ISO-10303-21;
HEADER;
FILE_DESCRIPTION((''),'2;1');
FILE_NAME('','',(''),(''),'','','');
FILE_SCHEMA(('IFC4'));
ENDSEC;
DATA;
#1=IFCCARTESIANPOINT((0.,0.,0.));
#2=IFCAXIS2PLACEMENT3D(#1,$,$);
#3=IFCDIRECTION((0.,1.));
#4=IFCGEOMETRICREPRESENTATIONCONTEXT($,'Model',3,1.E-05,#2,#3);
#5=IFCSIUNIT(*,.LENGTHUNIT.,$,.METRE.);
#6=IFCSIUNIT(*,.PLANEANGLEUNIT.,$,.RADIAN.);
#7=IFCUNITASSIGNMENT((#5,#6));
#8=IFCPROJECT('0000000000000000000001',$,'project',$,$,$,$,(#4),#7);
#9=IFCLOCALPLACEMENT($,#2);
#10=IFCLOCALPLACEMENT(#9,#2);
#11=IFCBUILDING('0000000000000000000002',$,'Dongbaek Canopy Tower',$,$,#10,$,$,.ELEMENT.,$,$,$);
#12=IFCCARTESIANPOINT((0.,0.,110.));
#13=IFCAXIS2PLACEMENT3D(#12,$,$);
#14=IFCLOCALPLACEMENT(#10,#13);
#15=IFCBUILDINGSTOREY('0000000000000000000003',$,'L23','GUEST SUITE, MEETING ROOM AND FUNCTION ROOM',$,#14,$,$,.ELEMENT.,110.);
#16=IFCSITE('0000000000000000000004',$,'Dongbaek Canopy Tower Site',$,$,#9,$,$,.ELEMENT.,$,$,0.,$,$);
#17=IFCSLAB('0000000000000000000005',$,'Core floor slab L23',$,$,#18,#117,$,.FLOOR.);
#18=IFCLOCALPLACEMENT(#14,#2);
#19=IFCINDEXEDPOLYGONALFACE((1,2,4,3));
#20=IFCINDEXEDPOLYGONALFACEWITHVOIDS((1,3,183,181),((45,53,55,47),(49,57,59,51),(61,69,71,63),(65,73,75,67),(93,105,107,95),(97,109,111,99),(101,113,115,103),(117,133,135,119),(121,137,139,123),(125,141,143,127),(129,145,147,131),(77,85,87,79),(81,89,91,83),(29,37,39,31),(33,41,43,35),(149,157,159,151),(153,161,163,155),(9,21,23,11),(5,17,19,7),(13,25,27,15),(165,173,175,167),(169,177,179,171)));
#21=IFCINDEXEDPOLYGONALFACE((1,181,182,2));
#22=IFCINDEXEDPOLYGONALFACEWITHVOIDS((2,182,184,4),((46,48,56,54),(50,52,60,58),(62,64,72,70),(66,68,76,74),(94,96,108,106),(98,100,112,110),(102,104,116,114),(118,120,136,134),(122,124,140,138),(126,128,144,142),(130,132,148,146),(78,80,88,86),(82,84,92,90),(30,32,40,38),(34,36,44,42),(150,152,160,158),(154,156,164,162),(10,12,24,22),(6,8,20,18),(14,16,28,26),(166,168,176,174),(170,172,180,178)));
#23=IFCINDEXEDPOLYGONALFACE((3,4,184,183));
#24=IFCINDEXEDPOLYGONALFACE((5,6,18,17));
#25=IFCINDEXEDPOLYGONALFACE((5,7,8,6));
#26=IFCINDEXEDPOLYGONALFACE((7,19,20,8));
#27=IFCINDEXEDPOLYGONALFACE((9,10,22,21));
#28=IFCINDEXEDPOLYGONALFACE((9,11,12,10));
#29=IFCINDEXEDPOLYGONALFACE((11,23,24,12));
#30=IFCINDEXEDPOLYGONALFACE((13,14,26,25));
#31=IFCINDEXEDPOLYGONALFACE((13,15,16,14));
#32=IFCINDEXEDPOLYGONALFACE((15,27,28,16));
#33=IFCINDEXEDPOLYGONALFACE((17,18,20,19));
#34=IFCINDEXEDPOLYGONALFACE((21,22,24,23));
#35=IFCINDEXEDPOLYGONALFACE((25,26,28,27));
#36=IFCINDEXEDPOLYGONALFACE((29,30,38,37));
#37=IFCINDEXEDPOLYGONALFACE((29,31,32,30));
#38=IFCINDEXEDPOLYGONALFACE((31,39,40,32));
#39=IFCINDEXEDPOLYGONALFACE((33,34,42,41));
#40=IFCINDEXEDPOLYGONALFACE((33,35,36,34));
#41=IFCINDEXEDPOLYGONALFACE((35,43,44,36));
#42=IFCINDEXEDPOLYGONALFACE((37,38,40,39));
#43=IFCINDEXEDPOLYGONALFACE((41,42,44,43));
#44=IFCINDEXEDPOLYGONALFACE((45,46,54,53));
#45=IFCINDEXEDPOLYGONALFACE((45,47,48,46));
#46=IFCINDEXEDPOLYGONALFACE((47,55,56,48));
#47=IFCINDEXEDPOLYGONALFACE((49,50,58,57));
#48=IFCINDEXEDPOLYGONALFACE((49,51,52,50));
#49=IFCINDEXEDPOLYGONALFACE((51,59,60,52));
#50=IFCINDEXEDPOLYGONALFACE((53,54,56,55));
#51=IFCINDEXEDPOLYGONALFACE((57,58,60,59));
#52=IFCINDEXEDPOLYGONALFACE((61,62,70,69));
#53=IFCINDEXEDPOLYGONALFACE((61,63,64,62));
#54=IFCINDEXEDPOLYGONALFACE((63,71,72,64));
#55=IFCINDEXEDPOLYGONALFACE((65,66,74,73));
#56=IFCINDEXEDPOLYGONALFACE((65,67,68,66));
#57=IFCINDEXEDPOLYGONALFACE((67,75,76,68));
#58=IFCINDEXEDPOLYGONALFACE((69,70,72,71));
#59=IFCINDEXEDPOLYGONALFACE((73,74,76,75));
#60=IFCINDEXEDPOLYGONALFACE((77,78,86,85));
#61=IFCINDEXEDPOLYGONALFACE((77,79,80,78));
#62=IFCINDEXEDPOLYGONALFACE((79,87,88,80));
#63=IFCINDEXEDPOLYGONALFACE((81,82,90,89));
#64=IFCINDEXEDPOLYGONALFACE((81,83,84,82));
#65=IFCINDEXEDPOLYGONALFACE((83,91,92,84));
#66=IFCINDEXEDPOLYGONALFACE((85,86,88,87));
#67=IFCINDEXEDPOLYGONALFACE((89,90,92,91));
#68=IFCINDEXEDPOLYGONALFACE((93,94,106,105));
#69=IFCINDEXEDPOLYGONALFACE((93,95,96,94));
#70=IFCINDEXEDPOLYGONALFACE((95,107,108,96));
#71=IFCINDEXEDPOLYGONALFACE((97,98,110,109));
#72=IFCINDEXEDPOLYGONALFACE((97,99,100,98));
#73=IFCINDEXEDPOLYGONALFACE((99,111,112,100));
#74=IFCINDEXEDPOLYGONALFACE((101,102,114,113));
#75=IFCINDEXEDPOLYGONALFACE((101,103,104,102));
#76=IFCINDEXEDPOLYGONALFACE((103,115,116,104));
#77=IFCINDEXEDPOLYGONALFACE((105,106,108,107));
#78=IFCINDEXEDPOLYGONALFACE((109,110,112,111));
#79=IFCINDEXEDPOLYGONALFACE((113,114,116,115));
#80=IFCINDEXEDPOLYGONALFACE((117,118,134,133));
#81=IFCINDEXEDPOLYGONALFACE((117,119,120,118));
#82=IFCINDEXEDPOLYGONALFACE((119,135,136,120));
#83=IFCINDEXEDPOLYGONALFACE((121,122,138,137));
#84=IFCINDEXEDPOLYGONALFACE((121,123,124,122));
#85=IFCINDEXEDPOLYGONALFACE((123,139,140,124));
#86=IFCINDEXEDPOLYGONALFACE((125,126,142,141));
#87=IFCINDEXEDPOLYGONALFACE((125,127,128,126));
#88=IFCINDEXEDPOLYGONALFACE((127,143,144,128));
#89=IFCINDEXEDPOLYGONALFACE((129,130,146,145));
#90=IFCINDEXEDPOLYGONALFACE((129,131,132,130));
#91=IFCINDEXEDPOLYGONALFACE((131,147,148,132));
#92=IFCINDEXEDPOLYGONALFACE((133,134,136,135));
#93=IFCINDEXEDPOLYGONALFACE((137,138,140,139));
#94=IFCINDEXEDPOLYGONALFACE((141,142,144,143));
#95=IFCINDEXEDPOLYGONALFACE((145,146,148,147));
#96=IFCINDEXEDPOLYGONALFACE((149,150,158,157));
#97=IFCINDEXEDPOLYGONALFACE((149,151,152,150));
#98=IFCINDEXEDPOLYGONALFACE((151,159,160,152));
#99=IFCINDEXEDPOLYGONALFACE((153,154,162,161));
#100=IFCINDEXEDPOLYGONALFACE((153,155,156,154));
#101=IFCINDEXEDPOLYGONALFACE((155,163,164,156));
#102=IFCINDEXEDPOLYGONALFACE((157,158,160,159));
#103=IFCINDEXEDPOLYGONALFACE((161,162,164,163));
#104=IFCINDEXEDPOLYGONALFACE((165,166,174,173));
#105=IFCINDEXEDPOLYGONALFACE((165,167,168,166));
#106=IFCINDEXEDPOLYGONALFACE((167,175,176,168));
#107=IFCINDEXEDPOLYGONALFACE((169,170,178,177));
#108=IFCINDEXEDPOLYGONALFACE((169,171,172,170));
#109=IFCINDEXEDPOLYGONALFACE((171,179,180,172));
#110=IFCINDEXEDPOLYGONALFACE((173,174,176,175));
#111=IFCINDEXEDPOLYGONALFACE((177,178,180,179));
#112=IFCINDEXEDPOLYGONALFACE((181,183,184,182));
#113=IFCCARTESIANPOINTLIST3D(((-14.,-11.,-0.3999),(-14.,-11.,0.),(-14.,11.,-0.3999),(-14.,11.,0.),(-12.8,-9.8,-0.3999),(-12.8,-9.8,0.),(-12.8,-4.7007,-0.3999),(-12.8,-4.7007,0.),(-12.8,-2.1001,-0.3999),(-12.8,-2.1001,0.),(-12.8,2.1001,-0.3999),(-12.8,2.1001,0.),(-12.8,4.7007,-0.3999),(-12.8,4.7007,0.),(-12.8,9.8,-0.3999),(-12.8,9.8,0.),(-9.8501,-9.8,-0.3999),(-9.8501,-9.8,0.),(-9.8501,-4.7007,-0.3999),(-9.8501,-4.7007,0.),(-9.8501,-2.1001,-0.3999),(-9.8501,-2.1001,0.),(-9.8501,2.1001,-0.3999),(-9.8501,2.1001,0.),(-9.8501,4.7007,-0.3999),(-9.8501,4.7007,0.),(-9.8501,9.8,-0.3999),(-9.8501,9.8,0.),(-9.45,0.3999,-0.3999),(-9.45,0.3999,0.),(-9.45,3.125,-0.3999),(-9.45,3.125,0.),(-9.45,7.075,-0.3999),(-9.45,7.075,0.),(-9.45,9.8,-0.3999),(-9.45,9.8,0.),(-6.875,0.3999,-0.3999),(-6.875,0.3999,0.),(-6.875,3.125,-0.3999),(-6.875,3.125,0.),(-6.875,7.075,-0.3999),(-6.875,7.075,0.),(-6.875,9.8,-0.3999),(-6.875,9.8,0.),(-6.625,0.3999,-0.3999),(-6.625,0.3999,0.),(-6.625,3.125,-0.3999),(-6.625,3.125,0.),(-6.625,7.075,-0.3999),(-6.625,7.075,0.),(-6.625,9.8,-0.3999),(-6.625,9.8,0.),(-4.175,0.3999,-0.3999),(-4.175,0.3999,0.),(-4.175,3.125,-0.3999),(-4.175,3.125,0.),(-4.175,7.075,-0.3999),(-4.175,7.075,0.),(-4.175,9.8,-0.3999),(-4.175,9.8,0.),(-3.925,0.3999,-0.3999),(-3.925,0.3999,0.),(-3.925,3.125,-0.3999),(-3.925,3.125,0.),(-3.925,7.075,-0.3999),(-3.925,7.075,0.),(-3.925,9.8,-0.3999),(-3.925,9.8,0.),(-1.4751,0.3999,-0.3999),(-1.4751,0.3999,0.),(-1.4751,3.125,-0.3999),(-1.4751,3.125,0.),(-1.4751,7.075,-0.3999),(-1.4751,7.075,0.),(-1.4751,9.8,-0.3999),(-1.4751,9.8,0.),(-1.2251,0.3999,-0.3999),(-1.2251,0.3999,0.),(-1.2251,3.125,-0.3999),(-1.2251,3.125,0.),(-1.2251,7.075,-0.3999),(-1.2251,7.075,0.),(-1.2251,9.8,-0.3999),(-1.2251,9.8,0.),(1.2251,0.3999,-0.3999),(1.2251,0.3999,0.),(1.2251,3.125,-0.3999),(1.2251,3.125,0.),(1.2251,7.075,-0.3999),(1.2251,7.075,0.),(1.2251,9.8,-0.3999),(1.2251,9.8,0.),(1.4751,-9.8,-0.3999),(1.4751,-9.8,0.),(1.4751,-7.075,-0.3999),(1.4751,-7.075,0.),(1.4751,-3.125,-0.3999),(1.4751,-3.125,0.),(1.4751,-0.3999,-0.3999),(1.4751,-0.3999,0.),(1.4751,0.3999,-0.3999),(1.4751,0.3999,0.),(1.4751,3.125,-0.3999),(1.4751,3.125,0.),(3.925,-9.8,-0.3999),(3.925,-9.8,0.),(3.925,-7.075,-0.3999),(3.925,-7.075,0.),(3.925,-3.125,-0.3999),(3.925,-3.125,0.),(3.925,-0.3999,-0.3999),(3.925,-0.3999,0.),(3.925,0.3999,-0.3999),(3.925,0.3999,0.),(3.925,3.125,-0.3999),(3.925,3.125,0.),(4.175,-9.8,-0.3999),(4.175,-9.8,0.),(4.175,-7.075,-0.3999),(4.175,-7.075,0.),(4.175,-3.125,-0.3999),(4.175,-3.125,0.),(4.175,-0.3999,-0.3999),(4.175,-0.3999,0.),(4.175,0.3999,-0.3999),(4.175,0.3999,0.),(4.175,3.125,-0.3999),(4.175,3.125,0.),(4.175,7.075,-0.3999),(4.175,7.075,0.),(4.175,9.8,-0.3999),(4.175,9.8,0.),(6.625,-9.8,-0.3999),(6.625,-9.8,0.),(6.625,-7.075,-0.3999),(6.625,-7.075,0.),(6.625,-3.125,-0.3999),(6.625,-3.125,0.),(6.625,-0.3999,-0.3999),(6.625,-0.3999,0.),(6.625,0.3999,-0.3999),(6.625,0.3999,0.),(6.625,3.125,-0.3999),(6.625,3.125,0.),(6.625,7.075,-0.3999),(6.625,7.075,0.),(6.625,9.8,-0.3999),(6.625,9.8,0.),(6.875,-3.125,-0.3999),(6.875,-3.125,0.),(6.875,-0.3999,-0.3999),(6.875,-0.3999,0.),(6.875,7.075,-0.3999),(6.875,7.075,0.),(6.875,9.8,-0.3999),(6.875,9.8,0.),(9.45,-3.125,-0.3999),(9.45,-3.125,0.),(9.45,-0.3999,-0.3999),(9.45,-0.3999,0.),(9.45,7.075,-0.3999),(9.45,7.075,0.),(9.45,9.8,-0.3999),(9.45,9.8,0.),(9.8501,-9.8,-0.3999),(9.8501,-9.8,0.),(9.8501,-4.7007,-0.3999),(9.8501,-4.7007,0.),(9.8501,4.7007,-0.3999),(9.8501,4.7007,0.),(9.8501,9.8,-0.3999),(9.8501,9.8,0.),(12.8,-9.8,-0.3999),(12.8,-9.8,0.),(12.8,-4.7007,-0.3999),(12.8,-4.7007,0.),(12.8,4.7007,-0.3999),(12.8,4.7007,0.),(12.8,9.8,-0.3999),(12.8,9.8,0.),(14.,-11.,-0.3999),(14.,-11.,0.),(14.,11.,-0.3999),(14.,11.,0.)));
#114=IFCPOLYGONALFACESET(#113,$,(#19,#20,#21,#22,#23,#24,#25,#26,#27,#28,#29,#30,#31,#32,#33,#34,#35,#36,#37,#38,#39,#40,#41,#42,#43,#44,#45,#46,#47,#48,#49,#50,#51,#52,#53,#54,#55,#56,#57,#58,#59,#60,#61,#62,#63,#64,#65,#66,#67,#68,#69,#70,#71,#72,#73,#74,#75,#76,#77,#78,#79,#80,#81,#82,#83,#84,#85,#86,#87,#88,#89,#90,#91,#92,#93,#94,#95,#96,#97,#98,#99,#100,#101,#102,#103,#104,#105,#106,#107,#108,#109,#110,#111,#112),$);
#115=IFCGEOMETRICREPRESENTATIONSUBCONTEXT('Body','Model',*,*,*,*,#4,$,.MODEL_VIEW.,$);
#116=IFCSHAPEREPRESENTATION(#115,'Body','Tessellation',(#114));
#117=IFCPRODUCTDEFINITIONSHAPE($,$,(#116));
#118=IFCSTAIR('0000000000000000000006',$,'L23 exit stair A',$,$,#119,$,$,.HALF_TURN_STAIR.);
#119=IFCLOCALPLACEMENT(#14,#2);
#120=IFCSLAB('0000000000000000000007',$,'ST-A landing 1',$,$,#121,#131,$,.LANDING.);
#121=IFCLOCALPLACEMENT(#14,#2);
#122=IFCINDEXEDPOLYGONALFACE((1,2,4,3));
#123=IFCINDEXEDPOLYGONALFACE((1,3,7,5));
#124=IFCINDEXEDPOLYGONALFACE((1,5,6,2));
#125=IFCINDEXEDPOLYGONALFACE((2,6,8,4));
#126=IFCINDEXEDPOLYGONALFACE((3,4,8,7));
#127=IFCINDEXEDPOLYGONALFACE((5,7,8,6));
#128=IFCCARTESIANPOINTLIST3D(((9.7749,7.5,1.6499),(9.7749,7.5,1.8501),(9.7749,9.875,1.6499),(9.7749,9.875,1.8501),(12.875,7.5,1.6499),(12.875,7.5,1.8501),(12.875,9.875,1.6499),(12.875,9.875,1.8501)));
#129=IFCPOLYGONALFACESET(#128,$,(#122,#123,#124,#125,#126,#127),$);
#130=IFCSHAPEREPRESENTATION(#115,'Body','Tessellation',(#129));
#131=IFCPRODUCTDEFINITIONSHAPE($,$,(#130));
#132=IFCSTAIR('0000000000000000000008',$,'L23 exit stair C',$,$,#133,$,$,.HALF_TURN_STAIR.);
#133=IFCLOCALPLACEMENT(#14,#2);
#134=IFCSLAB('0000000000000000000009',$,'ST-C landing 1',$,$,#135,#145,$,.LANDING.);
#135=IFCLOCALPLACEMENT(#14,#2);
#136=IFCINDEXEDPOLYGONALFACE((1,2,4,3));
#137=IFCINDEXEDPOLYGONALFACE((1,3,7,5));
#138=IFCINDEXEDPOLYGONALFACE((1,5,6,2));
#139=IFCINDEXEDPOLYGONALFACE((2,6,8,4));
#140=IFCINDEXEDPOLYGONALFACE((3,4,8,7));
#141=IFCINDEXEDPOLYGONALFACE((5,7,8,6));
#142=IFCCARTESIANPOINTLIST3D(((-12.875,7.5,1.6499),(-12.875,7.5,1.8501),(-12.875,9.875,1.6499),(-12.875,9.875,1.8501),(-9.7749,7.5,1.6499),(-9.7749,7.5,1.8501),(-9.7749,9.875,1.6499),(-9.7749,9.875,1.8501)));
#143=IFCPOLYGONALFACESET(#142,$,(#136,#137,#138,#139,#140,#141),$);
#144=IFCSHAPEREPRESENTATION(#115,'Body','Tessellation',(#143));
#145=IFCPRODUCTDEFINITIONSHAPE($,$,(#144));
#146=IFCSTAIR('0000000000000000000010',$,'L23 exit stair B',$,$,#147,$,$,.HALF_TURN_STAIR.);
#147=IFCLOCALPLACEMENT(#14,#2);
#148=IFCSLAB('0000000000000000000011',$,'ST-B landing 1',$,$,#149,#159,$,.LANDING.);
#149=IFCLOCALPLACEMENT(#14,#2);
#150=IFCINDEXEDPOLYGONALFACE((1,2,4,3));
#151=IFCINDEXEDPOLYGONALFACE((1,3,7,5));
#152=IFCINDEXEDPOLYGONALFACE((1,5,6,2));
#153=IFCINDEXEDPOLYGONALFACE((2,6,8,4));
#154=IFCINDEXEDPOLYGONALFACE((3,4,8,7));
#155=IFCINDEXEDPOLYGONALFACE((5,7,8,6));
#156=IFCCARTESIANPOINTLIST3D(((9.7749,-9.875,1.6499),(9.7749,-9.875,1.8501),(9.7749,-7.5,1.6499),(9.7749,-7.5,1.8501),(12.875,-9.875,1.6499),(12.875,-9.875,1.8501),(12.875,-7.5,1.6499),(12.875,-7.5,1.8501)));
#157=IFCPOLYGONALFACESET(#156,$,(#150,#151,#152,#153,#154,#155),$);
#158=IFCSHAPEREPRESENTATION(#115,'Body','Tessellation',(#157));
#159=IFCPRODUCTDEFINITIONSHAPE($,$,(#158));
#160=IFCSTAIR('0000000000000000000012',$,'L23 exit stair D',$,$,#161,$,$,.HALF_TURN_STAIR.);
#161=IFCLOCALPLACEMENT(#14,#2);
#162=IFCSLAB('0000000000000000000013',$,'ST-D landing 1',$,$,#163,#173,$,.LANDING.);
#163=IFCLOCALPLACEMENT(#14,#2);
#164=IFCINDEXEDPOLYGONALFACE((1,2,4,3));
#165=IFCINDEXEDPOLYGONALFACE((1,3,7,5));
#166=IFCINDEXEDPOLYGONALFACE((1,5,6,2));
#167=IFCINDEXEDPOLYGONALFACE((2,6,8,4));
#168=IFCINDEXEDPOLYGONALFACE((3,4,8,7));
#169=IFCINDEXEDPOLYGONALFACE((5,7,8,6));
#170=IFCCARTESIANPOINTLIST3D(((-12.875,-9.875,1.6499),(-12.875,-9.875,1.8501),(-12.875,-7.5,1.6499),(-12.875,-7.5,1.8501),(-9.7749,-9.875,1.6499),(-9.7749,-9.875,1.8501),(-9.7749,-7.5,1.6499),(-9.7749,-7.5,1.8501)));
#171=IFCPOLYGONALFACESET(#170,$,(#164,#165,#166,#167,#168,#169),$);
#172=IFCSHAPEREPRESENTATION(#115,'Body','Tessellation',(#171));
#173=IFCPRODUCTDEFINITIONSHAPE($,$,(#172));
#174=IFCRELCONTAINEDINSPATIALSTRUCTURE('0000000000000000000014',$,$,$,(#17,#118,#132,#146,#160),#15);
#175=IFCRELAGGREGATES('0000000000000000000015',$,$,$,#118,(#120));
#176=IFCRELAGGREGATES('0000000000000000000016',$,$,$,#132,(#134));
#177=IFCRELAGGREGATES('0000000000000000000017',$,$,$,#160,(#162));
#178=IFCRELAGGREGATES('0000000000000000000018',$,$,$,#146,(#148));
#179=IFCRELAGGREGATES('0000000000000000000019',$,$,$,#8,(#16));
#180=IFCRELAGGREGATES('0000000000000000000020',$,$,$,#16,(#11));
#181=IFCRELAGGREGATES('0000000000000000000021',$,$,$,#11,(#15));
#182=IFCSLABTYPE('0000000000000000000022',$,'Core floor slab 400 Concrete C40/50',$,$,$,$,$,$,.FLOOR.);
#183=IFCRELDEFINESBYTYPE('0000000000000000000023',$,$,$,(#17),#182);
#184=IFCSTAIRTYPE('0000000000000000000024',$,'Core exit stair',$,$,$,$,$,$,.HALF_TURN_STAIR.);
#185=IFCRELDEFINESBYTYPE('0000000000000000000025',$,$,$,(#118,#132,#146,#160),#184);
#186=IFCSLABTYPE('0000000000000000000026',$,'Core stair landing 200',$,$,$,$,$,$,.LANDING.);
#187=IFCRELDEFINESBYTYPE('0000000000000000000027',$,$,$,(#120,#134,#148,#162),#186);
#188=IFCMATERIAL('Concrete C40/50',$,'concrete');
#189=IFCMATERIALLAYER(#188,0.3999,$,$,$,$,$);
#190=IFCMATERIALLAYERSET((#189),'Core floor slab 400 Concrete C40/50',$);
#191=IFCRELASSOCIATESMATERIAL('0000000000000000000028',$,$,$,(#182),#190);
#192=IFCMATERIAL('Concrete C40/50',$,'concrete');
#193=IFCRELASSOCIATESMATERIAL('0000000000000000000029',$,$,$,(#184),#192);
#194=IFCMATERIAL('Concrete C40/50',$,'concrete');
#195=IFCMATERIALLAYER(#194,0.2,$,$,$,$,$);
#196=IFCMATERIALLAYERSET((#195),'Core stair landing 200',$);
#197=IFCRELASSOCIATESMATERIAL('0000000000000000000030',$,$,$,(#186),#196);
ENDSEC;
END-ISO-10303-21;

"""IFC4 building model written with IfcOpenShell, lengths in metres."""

from ifc_helpers import new_model, si_unit, direction, frame, origin, place, context, subcontext, project, spatial, polyline, outline, extrude, material, layer, layer_set, type_object, element, aggregate, save


model = new_model("IFC4")

# Units and contexts
model_context = context("Model", 3, precision=1e-05, world=origin(), true_north=direction((0.0, 1.0)))
body_context = subcontext(model_context, "Body", "Model", "MODEL_VIEW")
ifc_project = project(units=[si_unit("LENGTHUNIT", "METRE"), si_unit("PLANEANGLEUNIT", "RADIAN")], contexts=[model_context])

# Site, building, storey
site_placement = place(None, origin())
site = spatial("IfcSite", under=ifc_project, at=site_placement, Name="Dongbaek Canopy Tower Site", CompositionType="ELEMENT", RefElevation=0.0)
building_placement = place(site_placement, origin())
building = spatial("IfcBuilding", under=site, at=building_placement, Name="Dongbaek Canopy Tower", CompositionType="ELEMENT")
storey_placement = place(building_placement, frame((0.0, 0.0, 110.0)))
storey = spatial("IfcBuildingStorey", under=building, at=storey_placement, Name="L23", Description="GUEST SUITE, MEETING ROOM AND FUNCTION ROOM", CompositionType="ELEMENT", Elevation=110.0)

# Slab
ifc_material_1 = material(Name="Concrete C40/50", Category="concrete")
ifc_layer_1 = layer(ifc_material_1, 0.3999)
ifc_layer_set_1 = layer_set([ifc_layer_1], Name="Core floor slab 400 Concrete C40/50")
slab_type_1 = type_object("IfcSlabType", Name="Core floor slab 400 Concrete C40/50", PredefinedType="FLOOR", material=ifc_layer_set_1)
slab_1_placement = place(storey_placement, frame((0.0, 0.0, -0.3999)))
element("IfcSlab", 1, at=slab_1_placement, inside=storey, type_object=slab_type_1, Name="Core floor slab L23", PredefinedType="FLOOR", context=body_context, shape_type="SweptSolid", body=[
    extrude(outline(polyline([(14.0, -11.0), (14.0, 11.0), (-14.0, 11.0), (-14.0, -11.0), (14.0, -11.0)]), holes=[polyline([(-12.8, 2.1001), (-9.8501, 2.1001), (-9.8501, -2.1001), (-12.8, -2.1001), (-12.8, 2.1001)]), polyline([(-6.875, 9.8), (-6.875, 7.075), (-9.45, 7.075), (-9.45, 9.8), (-6.875, 9.8)]), polyline([(-4.175, 9.8), (-4.175, 7.075), (-6.625, 7.075), (-6.625, 9.8), (-4.175, 9.8)]), polyline([(-1.4751, 9.8), (-1.4751, 7.075), (-3.925, 7.075), (-3.925, 9.8), (-1.4751, 9.8)]), polyline([(1.2251, 9.8), (1.2251, 7.075), (-1.2251, 7.075), (-1.2251, 9.8), (1.2251, 9.8)]), polyline([(6.625, 9.8), (6.625, 7.075), (4.175, 7.075), (4.175, 9.8), (6.625, 9.8)]), polyline([(9.45, 7.075), (6.875, 7.075), (6.875, 9.8), (9.45, 9.8), (9.45, 7.075)]), polyline([(-9.45, 3.125), (-6.875, 3.125), (-6.875, 0.3999), (-9.45, 0.3999), (-9.45, 3.125)]), polyline([(-6.625, 3.125), (-4.175, 3.125), (-4.175, 0.3999), (-6.625, 0.3999), (-6.625, 3.125)]), polyline([(-3.925, 3.125), (-1.4751, 3.125), (-1.4751, 0.3999), (-3.925, 0.3999), (-3.925, 3.125)]), polyline([(-1.2251, 3.125), (1.2251, 3.125), (1.2251, 0.3999), (-1.2251, 0.3999), (-1.2251, 3.125)]), polyline([(1.4751, 0.3999), (1.4751, 3.125), (3.925, 3.125), (3.925, 0.3999), (1.4751, 0.3999)]), polyline([(4.175, 0.3999), (4.175, 3.125), (6.625, 3.125), (6.625, 0.3999), (4.175, 0.3999)]), polyline([(1.4751, -0.3999), (3.925, -0.3999), (3.925, -3.125), (1.4751, -3.125), (1.4751, -0.3999)]), polyline([(6.625, -0.3999), (6.625, -3.125), (4.175, -3.125), (4.175, -0.3999), (6.625, -0.3999)]), polyline([(9.45, -3.125), (6.875, -3.125), (6.875, -0.3999), (9.45, -0.3999), (9.45, -3.125)]), polyline([(1.4751, -9.8), (1.4751, -7.075), (3.925, -7.075), (3.925, -9.8), (1.4751, -9.8)]), polyline([(4.175, -9.8), (4.175, -7.075), (6.625, -7.075), (6.625, -9.8), (4.175, -9.8)]), polyline([(12.8, 4.7007), (12.8, 9.8), (9.8501, 9.8), (9.8501, 4.7007), (12.8, 4.7007)]), polyline([(-9.8501, 4.7007), (-9.8501, 9.8), (-12.8, 9.8), (-12.8, 4.7007), (-9.8501, 4.7007)]), polyline([(9.8501, -4.7007), (9.8501, -9.8), (12.8, -9.8), (12.8, -4.7007), (9.8501, -4.7007)]), polyline([(-12.8, -4.7007), (-12.8, -9.8), (-9.8501, -9.8), (-9.8501, -4.7007), (-12.8, -4.7007)])]), origin(), (0.0, 0.0, 1.0), 0.3999),
])

# Stairs, slabs
ifc_material_2 = material(Name="Concrete C40/50", Category="concrete")
stair_type = type_object("IfcStairType", Name="Core exit stair", PredefinedType="HALF_TURN_STAIR", material=ifc_material_2)
stair_1_placement = place(storey_placement, origin())
stair_1 = element("IfcStair", 2, at=stair_1_placement, inside=storey, type_object=stair_type, Name="L23 exit stair A", PredefinedType="HALF_TURN_STAIR")
ifc_material_3 = material(Name="Concrete C40/50", Category="concrete")
ifc_layer_2 = layer(ifc_material_3, 0.2)
ifc_layer_set_2 = layer_set([ifc_layer_2], Name="Core stair landing 200")
slab_type_2 = type_object("IfcSlabType", Name="Core stair landing 200", PredefinedType="LANDING", material=ifc_layer_set_2)
slab_2_placement = place(storey_placement, frame((0.0, 0.0, 1.6499)))
slab_2 = element("IfcSlab", 3, at=slab_2_placement, type_object=slab_type_2, Name="ST-A landing 1", PredefinedType="LANDING", context=body_context, shape_type="SweptSolid", body=[
    extrude(outline(polyline([(12.875, 7.5), (12.875, 9.875), (9.7749, 9.875), (9.7749, 7.5), (12.875, 7.5)])), origin(), (0.0, 0.0, 1.0), 0.2002),
])
aggregate(stair_1, [slab_2])
stair_2_placement = place(storey_placement, origin())
stair_2 = element("IfcStair", 4, at=stair_2_placement, inside=storey, type_object=stair_type, Name="L23 exit stair C", PredefinedType="HALF_TURN_STAIR")
slab_3_placement = place(storey_placement, frame((0.0, 0.0, 1.6499)))
slab_3 = element("IfcSlab", 5, at=slab_3_placement, type_object=slab_type_2, Name="ST-C landing 1", PredefinedType="LANDING", context=body_context, shape_type="SweptSolid", body=[
    extrude(outline(polyline([(-9.7749, 7.5), (-9.7749, 9.875), (-12.875, 9.875), (-12.875, 7.5), (-9.7749, 7.5)])), origin(), (0.0, 0.0, 1.0), 0.2002),
])
aggregate(stair_2, [slab_3])
stair_3_placement = place(storey_placement, origin())
stair_3 = element("IfcStair", 6, at=stair_3_placement, inside=storey, type_object=stair_type, Name="L23 exit stair B", PredefinedType="HALF_TURN_STAIR")
slab_4_placement = place(storey_placement, frame((0.0, 0.0, 1.6499)))
slab_4 = element("IfcSlab", 7, at=slab_4_placement, type_object=slab_type_2, Name="ST-B landing 1", PredefinedType="LANDING", context=body_context, shape_type="SweptSolid", body=[
    extrude(outline(polyline([(9.7749, -7.5), (9.7749, -9.875), (12.875, -9.875), (12.875, -7.5), (9.7749, -7.5)])), origin(), (0.0, 0.0, 1.0), 0.2002),
])
stair_4_placement = place(storey_placement, origin())
stair_4 = element("IfcStair", 8, at=stair_4_placement, inside=storey, type_object=stair_type, Name="L23 exit stair D", PredefinedType="HALF_TURN_STAIR")
slab_5_placement = place(storey_placement, frame((0.0, 0.0, 1.6499)))
slab_5 = element("IfcSlab", 9, at=slab_5_placement, type_object=slab_type_2, Name="ST-D landing 1", PredefinedType="LANDING", context=body_context, shape_type="SweptSolid", body=[
    extrude(outline(polyline([(-12.875, -7.5), (-12.875, -9.875), (-9.7749, -9.875), (-9.7749, -7.5), (-12.875, -7.5)])), origin(), (0.0, 0.0, 1.0), 0.2002),
])
aggregate(stair_4, [slab_5])

aggregate(stair_3, [slab_4])

save(model, "model.ifc")
